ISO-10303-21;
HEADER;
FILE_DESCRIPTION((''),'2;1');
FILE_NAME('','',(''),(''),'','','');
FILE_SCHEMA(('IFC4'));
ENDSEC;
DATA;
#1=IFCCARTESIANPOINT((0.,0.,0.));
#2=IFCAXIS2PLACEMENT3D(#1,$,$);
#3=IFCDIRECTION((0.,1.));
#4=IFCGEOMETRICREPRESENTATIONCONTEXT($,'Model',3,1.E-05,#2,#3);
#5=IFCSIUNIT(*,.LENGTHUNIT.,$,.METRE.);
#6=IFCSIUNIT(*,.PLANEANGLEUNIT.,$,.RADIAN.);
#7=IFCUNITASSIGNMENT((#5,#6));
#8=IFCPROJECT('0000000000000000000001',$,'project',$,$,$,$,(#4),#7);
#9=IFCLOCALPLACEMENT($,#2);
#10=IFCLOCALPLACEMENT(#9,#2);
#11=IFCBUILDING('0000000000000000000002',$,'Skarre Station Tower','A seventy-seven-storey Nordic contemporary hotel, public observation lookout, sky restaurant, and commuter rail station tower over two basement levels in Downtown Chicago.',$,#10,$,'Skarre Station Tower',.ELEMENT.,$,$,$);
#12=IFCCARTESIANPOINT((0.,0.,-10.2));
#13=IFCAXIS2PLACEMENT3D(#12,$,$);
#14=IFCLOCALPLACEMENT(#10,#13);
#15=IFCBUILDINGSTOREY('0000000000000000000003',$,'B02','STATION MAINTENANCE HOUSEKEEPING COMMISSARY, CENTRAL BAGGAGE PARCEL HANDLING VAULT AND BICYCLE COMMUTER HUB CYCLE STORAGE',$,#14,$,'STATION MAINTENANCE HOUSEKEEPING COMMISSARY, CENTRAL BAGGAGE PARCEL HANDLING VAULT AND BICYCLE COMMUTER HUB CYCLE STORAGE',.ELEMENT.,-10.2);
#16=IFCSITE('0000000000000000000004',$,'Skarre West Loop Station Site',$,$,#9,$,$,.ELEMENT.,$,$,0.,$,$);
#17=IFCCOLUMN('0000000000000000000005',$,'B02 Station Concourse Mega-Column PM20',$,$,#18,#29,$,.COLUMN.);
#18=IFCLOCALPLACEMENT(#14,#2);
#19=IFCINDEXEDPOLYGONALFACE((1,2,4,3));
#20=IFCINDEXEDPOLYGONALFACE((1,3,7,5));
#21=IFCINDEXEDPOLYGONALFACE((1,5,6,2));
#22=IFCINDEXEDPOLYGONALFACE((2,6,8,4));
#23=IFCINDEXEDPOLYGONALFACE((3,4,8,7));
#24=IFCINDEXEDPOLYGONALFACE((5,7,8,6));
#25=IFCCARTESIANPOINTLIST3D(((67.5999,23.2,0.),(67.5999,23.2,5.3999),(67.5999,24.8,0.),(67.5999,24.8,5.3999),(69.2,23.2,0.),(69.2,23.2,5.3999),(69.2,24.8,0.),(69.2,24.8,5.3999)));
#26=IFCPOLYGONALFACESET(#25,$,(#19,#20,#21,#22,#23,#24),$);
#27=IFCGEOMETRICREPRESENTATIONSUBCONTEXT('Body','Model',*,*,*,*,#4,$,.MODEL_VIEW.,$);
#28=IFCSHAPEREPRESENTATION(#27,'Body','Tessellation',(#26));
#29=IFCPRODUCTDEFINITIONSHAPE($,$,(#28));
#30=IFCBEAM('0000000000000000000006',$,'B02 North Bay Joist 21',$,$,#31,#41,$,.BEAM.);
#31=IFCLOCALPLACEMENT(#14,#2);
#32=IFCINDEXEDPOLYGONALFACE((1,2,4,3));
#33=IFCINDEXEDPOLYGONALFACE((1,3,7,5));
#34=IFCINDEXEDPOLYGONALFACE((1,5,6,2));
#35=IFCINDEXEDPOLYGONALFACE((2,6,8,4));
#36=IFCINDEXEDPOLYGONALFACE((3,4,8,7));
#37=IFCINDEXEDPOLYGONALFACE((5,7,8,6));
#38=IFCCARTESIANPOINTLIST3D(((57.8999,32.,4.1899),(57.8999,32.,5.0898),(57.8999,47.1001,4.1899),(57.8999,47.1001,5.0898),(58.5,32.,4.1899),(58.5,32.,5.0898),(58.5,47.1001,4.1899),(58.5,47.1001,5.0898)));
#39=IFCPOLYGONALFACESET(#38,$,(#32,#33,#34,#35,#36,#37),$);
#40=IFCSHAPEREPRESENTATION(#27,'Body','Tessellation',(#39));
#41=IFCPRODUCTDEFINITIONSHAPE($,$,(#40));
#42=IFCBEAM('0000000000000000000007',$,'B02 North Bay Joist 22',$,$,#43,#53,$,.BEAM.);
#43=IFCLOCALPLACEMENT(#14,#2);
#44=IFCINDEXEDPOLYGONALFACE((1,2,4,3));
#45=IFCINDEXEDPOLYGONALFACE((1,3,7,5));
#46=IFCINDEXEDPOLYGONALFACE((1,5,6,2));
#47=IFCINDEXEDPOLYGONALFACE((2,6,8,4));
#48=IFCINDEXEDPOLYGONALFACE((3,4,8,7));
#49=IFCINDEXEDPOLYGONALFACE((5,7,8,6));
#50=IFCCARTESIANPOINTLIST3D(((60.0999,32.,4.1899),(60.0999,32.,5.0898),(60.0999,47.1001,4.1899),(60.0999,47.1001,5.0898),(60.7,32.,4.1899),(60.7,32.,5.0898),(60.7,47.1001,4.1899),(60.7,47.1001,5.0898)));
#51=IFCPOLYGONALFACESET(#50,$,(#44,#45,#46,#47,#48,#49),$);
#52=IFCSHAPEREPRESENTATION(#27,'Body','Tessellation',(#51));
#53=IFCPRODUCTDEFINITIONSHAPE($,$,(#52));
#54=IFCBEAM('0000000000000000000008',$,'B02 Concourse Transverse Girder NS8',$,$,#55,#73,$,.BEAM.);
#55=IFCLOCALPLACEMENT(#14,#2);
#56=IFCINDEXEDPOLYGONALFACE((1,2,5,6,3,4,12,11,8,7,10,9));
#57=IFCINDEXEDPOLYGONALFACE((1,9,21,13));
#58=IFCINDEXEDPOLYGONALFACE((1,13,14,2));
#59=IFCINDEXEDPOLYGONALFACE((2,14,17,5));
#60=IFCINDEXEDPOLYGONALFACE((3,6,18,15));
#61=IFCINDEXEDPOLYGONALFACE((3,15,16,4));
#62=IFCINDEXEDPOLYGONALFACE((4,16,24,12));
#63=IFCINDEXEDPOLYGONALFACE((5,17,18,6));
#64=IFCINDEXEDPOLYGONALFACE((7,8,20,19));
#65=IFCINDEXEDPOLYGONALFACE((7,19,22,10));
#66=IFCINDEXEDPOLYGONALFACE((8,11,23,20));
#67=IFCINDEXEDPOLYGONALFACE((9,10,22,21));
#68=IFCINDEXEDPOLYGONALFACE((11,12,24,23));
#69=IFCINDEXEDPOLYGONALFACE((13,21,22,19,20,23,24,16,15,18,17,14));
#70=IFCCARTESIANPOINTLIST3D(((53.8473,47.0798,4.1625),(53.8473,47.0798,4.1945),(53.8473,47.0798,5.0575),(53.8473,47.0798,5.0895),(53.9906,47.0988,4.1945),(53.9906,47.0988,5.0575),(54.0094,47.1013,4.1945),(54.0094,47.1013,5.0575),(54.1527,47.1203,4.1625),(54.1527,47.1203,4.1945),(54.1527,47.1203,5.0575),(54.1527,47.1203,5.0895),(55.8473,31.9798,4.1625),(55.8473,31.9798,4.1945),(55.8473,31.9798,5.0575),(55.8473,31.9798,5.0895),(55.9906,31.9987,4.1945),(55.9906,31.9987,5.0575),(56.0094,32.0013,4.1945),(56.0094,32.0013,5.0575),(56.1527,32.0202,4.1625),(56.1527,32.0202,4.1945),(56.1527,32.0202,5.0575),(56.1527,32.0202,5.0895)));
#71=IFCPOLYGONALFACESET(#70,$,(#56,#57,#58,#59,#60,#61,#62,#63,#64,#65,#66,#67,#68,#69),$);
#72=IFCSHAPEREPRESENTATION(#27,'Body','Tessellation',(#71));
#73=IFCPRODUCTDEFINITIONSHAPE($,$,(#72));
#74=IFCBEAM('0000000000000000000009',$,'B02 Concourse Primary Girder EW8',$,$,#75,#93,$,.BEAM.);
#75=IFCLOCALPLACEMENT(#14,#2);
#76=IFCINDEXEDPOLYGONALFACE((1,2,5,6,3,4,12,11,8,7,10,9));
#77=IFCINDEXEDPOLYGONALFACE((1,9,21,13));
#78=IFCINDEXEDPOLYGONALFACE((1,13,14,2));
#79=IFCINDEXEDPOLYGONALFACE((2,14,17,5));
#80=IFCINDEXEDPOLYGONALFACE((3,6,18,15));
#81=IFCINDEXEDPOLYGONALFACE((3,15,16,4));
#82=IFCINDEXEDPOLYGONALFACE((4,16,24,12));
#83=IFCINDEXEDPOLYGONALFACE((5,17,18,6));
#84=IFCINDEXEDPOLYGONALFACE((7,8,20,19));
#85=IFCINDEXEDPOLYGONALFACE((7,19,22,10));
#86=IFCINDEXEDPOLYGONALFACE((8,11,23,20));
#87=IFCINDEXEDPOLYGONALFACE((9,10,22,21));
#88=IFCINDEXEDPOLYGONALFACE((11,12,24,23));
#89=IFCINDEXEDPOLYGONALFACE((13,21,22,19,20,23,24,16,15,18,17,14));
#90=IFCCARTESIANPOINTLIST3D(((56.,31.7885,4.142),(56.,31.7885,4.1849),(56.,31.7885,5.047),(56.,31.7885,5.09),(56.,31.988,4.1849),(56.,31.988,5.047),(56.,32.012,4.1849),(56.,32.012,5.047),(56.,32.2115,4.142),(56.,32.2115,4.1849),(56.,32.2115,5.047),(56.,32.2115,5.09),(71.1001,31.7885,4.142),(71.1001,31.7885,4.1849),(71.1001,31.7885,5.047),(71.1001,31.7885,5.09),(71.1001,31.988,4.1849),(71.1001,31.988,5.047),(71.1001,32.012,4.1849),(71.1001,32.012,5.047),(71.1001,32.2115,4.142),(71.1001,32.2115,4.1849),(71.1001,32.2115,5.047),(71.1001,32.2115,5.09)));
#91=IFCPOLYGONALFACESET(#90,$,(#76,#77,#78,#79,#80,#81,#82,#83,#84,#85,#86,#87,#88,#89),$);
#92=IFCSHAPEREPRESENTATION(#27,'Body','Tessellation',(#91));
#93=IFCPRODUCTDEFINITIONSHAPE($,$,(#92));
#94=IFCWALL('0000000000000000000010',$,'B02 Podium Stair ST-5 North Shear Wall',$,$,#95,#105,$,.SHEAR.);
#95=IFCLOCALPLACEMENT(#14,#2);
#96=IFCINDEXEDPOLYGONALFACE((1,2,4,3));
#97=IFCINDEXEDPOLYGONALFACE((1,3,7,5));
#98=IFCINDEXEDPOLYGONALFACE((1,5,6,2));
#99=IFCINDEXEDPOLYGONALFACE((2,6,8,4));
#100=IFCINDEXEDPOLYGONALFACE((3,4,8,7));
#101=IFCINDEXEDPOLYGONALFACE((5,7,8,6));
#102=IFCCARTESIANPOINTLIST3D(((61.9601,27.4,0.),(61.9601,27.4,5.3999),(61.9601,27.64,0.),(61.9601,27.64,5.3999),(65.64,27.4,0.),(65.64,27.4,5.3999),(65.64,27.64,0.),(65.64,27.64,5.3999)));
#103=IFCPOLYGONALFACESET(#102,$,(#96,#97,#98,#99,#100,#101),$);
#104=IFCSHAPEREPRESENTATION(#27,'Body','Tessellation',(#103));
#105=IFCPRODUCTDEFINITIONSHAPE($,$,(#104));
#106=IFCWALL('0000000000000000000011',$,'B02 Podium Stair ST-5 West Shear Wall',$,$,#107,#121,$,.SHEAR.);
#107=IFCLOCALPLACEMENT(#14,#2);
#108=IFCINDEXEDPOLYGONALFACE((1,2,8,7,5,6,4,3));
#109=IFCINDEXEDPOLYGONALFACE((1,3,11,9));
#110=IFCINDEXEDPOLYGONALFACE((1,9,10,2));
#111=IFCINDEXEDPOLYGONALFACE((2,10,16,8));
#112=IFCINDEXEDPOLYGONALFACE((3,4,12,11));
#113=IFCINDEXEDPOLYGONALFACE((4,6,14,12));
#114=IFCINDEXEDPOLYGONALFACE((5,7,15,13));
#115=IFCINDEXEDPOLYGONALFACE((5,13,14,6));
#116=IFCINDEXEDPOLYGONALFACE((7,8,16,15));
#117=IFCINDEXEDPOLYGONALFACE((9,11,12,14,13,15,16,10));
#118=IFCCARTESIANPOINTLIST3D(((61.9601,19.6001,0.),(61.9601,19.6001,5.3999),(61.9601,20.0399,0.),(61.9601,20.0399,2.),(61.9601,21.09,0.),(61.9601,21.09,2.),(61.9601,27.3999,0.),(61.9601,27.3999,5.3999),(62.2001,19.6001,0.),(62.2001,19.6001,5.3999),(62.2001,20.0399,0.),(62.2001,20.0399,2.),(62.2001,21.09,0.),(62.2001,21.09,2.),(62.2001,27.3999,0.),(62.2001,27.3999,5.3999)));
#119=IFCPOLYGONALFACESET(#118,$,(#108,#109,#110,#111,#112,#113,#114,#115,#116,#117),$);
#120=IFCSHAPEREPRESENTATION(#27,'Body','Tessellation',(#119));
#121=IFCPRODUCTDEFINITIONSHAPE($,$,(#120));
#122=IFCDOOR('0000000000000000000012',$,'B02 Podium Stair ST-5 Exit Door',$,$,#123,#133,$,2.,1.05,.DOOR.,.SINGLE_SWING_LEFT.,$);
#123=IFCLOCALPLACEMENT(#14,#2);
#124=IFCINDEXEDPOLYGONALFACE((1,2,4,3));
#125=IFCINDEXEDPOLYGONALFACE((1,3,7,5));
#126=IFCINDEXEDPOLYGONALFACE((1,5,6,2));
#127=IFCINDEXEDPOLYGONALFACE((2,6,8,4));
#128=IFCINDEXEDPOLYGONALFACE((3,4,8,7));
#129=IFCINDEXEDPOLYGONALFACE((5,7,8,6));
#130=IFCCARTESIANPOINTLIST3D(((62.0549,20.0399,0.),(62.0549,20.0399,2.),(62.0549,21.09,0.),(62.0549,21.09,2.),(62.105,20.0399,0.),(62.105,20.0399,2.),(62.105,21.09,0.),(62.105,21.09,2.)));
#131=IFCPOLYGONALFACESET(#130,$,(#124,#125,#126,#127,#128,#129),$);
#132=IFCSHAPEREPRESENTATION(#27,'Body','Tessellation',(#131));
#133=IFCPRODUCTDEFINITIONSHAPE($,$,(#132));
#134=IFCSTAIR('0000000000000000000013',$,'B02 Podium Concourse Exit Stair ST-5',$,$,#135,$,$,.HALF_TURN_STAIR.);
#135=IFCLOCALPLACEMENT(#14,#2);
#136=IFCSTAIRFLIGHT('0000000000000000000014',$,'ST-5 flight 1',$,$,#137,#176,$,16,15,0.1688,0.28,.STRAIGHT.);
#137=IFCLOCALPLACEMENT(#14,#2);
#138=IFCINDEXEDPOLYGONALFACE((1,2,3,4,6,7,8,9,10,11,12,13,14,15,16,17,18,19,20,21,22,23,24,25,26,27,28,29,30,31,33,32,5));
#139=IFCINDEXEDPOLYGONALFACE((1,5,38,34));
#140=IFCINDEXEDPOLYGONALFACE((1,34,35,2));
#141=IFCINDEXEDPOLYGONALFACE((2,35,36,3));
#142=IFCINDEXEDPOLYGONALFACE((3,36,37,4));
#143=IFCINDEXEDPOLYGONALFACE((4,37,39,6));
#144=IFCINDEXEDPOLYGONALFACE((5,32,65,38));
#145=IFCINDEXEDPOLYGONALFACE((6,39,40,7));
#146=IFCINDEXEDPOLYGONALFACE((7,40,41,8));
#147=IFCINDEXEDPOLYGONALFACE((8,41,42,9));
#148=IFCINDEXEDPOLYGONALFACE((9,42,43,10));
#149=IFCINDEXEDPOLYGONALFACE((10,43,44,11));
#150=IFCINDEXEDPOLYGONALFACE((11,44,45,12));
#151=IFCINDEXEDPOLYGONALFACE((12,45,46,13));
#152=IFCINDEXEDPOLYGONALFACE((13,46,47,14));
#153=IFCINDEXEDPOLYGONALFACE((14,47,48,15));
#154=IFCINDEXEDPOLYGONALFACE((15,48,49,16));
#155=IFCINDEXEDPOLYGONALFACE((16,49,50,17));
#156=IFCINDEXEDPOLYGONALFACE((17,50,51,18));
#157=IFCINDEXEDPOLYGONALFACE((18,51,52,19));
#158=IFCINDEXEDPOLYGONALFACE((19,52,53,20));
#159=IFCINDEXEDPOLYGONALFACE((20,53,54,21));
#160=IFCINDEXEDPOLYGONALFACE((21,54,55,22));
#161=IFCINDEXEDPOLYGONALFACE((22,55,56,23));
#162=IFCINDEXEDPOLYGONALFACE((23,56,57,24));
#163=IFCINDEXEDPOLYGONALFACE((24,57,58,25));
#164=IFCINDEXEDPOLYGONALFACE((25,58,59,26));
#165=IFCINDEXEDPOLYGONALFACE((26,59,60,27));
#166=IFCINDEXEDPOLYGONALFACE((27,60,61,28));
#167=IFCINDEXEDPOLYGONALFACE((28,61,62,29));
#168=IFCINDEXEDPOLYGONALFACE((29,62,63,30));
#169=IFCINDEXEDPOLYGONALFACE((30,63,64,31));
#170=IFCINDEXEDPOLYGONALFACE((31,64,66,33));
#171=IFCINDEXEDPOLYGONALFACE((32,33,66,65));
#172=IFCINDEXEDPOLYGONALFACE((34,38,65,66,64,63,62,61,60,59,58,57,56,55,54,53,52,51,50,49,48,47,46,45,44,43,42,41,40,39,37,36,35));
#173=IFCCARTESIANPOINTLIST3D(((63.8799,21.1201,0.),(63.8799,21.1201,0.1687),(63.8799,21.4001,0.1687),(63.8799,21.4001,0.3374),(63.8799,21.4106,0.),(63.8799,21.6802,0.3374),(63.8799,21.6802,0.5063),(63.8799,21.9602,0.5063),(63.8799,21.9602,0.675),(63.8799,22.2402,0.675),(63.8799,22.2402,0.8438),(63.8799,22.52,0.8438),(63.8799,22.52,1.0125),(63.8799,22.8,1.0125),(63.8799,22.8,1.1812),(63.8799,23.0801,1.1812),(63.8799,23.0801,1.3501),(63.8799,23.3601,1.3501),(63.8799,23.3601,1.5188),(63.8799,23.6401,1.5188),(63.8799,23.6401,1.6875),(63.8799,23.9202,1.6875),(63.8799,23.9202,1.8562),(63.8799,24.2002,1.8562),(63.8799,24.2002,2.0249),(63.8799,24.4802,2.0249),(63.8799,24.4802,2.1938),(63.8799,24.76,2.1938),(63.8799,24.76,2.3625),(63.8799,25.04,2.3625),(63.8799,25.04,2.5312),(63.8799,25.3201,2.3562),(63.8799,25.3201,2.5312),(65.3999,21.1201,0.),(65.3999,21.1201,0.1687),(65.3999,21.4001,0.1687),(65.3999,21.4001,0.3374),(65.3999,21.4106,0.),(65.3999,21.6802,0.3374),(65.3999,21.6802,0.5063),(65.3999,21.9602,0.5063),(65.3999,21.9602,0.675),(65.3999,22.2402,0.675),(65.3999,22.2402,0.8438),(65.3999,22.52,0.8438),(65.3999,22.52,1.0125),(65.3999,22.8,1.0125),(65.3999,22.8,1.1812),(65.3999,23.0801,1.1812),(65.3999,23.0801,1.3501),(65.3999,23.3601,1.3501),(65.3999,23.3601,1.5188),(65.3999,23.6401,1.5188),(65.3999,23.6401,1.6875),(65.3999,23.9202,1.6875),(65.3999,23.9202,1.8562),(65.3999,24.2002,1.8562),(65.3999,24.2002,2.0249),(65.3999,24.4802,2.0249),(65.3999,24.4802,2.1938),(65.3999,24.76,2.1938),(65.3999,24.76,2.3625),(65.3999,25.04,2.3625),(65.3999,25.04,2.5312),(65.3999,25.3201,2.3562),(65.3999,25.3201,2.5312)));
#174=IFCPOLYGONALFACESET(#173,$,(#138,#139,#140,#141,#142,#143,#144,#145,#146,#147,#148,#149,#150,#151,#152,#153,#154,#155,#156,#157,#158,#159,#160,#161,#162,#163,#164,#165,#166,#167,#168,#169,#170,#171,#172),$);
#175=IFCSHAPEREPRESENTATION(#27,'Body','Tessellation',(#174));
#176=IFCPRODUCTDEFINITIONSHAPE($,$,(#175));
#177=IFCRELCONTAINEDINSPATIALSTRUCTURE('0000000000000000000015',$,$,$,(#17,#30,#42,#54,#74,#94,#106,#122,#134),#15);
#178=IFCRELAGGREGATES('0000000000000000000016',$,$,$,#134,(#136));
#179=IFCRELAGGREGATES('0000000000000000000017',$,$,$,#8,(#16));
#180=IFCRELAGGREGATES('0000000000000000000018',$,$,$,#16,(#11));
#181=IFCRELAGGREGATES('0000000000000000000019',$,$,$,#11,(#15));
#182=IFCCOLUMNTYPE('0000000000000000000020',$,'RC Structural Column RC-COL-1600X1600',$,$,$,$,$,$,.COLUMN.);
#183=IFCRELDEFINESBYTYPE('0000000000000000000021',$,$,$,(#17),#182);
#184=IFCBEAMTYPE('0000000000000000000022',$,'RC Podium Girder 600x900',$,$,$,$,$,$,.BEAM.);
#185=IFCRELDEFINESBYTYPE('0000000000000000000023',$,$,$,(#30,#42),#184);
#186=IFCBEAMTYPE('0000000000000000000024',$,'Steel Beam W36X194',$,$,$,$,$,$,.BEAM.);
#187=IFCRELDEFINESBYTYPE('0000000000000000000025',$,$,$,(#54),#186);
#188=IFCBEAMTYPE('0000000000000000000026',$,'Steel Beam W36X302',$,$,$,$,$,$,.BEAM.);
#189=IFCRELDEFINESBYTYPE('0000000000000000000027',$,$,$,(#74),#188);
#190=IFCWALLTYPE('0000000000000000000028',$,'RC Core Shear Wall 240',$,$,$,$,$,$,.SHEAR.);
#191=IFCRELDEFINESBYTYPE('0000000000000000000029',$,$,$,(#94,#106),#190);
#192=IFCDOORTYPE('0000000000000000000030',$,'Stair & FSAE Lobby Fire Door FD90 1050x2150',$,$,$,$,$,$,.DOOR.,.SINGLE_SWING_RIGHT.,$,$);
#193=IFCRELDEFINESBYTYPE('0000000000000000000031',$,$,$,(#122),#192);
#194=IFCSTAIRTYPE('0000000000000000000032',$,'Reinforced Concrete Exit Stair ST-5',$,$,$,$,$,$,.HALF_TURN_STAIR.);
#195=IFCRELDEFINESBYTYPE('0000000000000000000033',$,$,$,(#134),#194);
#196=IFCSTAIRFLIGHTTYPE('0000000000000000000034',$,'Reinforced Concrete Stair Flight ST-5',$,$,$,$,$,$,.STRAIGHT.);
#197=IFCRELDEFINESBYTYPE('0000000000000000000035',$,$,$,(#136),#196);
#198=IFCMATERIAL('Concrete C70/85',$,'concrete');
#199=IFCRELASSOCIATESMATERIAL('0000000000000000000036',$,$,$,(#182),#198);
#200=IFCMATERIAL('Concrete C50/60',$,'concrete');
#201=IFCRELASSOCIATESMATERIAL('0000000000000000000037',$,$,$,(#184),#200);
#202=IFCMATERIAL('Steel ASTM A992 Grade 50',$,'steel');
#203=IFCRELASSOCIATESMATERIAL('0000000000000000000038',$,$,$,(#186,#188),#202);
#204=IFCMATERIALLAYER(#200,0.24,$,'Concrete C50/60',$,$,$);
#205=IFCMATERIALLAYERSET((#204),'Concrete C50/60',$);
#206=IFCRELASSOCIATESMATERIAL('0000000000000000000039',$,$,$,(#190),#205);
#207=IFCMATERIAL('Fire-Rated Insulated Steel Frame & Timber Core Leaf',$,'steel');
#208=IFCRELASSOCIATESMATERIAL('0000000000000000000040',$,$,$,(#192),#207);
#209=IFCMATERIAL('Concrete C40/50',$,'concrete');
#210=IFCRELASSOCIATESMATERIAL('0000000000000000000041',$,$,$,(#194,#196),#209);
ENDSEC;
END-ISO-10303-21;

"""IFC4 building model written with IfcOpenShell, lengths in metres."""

from ifc_helpers import new_model, si_unit, direction, frame, frame_2d, origin, origin_2d, place, context, subcontext, project, spatial, polyline, rectangle, i_section, outline, extrude, material, layer, layer_set, material_profile, profile_set, type_object, element, fill, aggregate, save


model = new_model("IFC4")

# Units and contexts
model_context = context("Model", 3, precision=1e-05, world=origin(), true_north=direction((0.0, 1.0)))
body_context = subcontext(model_context, "Body", "Model", "MODEL_VIEW")
ifc_project = project(units=[si_unit("LENGTHUNIT", "METRE"), si_unit("PLANEANGLEUNIT", "RADIAN")], contexts=[model_context])

# Site, building, storey
site_placement = place(None, origin())
site = spatial("IfcSite", under=ifc_project, at=site_placement, Name="Skarre West Loop Station Site", CompositionType="ELEMENT", RefElevation=0.0)
building_placement = place(site_placement, origin())
building = spatial("IfcBuilding", under=site, at=building_placement, Name="Skarre Station Tower", Description="A seventy-seven-storey Nordic contemporary hotel, public observation lookout, sky restaurant, and commuter rail station tower over two basement levels in Downtown Chicago.", LongName="Skarre Station Tower", CompositionType="ELEMENT")
storey_placement = place(building_placement, frame((0.0, 0.0, -10.2)))
storey = spatial("IfcBuildingStorey", under=building, at=storey_placement, Name="B02", Description="STATION MAINTENANCE HOUSEKEEPING COMMISSARY, CENTRAL BAGGAGE PARCEL HANDLING VAULT AND BICYCLE COMMUTER HUB CYCLE STORAGE", LongName="STATION MAINTENANCE HOUSEKEEPING COMMISSARY, CENTRAL BAGGAGE PARCEL HANDLING VAULT AND BICYCLE COMMUTER HUB CYCLE STORAGE", CompositionType="ELEMENT", Elevation=-10.2)

# Shared definitions
ifc_material_1 = material(Name="Concrete C50/60", Category="concrete")

# Column
ifc_material_2 = material(Name="Concrete C70/85", Category="concrete")
ifc_material_profile_1 = material_profile(ifc_material_2, rectangle(XDim=1.6001, YDim=1.6001, at=origin_2d()), Name="Concrete C70/85")
ifc_profile_set_1 = profile_set([ifc_material_profile_1], Name="Concrete C70/85")
column_type = type_object("IfcColumnType", Name="RC Structural Column RC-COL-1600X1600", PredefinedType="COLUMN", material=ifc_profile_set_1)
for number, where, z_axis, x_axis, name in (
    (1, (68.3999, 24.0, 0.0), (0.0, 0.0, 1.0), (1.0, 0.0, 0.0), "B02 Station Concourse Mega-Column PM20"),
):
    element("IfcColumn", number, at=place(storey_placement, frame(where, z_axis=z_axis, x_axis=x_axis)), inside=storey, type_object=column_type, Name=name, PredefinedType="COLUMN", context=body_context, shape_type="SweptSolid", body=[
        extrude(rectangle(XDim=1.6001, YDim=1.6001, at=origin_2d()), origin(), (0.0, 0.0, 1.0), 5.3999),
    ])

# Beams
ifc_material_profile_2 = material_profile(ifc_material_1, rectangle(XDim=0.6001, YDim=0.8999, at=origin_2d()), Name="Concrete C50/60")
ifc_profile_set_2 = profile_set([ifc_material_profile_2], Name="Concrete C50/60")
beam_type_1 = type_object("IfcBeamType", Name="RC Podium Girder 600x900", PredefinedType="BEAM", material=ifc_profile_set_2)
for number, where, z_axis, x_axis, name in (
    (2, (58.2, 32.0, 4.6399), (0.0, 1.0, 0.0), (-1.0, 0.0, 0.0), "B02 North Bay Joist 21"),
    (3, (60.3999, 32.0, 4.6399), (0.0, 1.0, 0.0), (-1.0, 0.0, 0.0), "B02 North Bay Joist 22"),
):
    element("IfcBeam", number, at=place(storey_placement, frame(where, z_axis=z_axis, x_axis=x_axis)), inside=storey, type_object=beam_type_1, Name=name, PredefinedType="BEAM", context=body_context, shape_type="SweptSolid", body=[
        extrude(rectangle(XDim=0.6001, YDim=0.8999, at=origin_2d()), origin(), (0.0, 0.0, 1.0), 15.1001),
    ])
ifc_material_3 = material(Name="Steel ASTM A992 Grade 50", Category="steel")
ifc_material_profile_3 = material_profile(ifc_material_3, i_section(OverallWidth=0.3081, OverallDepth=0.927, WebThickness=0.019, FlangeThickness=0.032, at=origin_2d()), Name="Steel ASTM A992 Grade 50")
ifc_profile_set_3 = profile_set([ifc_material_profile_3], Name="Steel ASTM A992 Grade 50")
beam_type_2 = type_object("IfcBeamType", Name="Steel Beam W36X194", PredefinedType="BEAM", material=ifc_profile_set_3)
beam_1_placement = place(storey_placement, frame((56.0, 32.0, 4.626), z_axis=(-0.131303, 0.991342, 0.0), x_axis=(-0.991342, -0.131303, 0.0)))
element("IfcBeam", 4, at=beam_1_placement, inside=storey, type_object=beam_type_2, Name="B02 Concourse Transverse Girder NS8", PredefinedType="BEAM", context=body_context, shape_type="SweptSolid", body=[
    extrude(i_section(OverallWidth=0.3081, OverallDepth=0.927, WebThickness=0.019, FlangeThickness=0.032, at=origin_2d()), origin(), (0.0, 0.0, 1.0), 15.2319),
])
ifc_material_profile_4 = material_profile(ifc_material_3, i_section(OverallWidth=0.4231, OverallDepth=0.948, WebThickness=0.0239, FlangeThickness=0.043, at=origin_2d()), Name="Steel ASTM A992 Grade 50")
ifc_profile_set_4 = profile_set([ifc_material_profile_4], Name="Steel ASTM A992 Grade 50")
beam_type_3 = type_object("IfcBeamType", Name="Steel Beam W36X302", PredefinedType="BEAM", material=ifc_profile_set_4)
beam_2_placement = place(storey_placement, frame((56.0, 32.0, 4.616), z_axis=(1.0, 0.0, 0.0), x_axis=(0.0, 1.0, 0.0)))
element("IfcBeam", 5, at=beam_2_placement, inside=storey, type_object=beam_type_3, Name="B02 Concourse Primary Girder EW8", PredefinedType="BEAM", context=body_context, shape_type="SweptSolid", body=[
    extrude(i_section(OverallWidth=0.4231, OverallDepth=0.948, WebThickness=0.0239, FlangeThickness=0.043, at=origin_2d()), origin(), (0.0, 0.0, 1.0), 15.1001),
])

# Wall
ifc_layer = layer(ifc_material_1, 0.24, Name="Concrete C50/60")
ifc_layer_set = layer_set([ifc_layer], Name="Concrete C50/60")
wall_type = type_object("IfcWallType", Name="RC Core Shear Wall 240", PredefinedType="SHEAR", material=ifc_layer_set)
wall_1_placement = place(storey_placement, frame((65.6399, 27.52, 0.0), z_axis=(0.0, 0.0, 1.0), x_axis=(-1.0, 0.0, 0.0)))
element("IfcWall", 6, at=wall_1_placement, inside=storey, type_object=wall_type, Name="B02 Podium Stair ST-5 North Shear Wall", PredefinedType="SHEAR", context=body_context, shape_type="SweptSolid", body=[
    extrude(rectangle(XDim=3.6799, YDim=0.24, at=frame_2d((1.8398, 0.0))), origin(), (0.0, 0.0, 1.0), 5.3999),
])

# Wall, opening, door
wall_2_placement = place(storey_placement, frame((62.0801, 27.3999, 0.0), z_axis=(0.0, 0.0, 1.0), x_axis=(0.0, -1.0, 0.0)))
wall_2 = element("IfcWall", 7, at=wall_2_placement, inside=storey, type_object=wall_type, Name="B02 Podium Stair ST-5 West Shear Wall", PredefinedType="SHEAR", context=body_context, shape_type="SweptSolid", body=[
    extrude(rectangle(XDim=7.7998, YDim=0.24, at=frame_2d((3.8999, 0.0))), origin(), (0.0, 0.0, 1.0), 5.3999),
])
opening_placement = place(wall_2_placement, frame((6.3101, 0.0, 0.0)))
opening = element("IfcOpeningElement", 8, at=opening_placement, cuts=wall_2, PredefinedType="OPENING", context=body_context, shape_type="SweptSolid", body=[
    extrude(rectangle(XDim=1.05, YDim=2.0, at=frame_2d((0.5249, 1.0))), frame((0.0, 0.1299, 0.0), z_axis=(0.0, -1.0, 0.0), x_axis=(1.0, 0.0, 0.0)), (0.0, 0.0, 1.0), 0.26),
])
ifc_material_4 = material(Name="Fire-Rated Insulated Steel Frame & Timber Core Leaf", Category="steel")
door_type = type_object("IfcDoorType", Name="Stair & FSAE Lobby Fire Door FD90 1050x2150", OperationType="SINGLE_SWING_RIGHT", PredefinedType="DOOR", material=ifc_material_4)
door_placement = place(opening_placement, origin())
door = element("IfcDoor", 9, at=door_placement, inside=storey, type_object=door_type, Name="B02 Podium Stair ST-5 Exit Door", OperationType="SINGLE_SWING_LEFT", OverallHeight=2.0, OverallWidth=1.05, PredefinedType="DOOR", context=body_context, shape_type="SweptSolid", body=[
    extrude(rectangle(XDim=1.05, YDim=2.0, at=frame_2d((0.5249, 1.0))), frame((0.0, 0.0249, 0.0), z_axis=(0.0, -1.0, 0.0), x_axis=(1.0, 0.0, 0.0)), (0.0, 0.0, 1.0), 0.05),
])
fill(opening, door)

# Stair, stair flight
ifc_material_5 = material(Name="Concrete C40/50", Category="concrete")
stair_type = type_object("IfcStairType", Name="Reinforced Concrete Exit Stair ST-5", PredefinedType="HALF_TURN_STAIR", material=ifc_material_5)
stair_placement = place(storey_placement, origin())
stair = element("IfcStair", 10, at=stair_placement, inside=storey, type_object=stair_type, Name="B02 Podium Concourse Exit Stair ST-5", PredefinedType="HALF_TURN_STAIR")
stair_flight_type = type_object("IfcStairFlightType", Name="Reinforced Concrete Stair Flight ST-5", PredefinedType="STRAIGHT", material=ifc_material_5)
stair_flight_1_placement = place(storey_placement, frame((64.6399, 21.1201, 0.0), z_axis=(0.0, 0.0, 1.0), x_axis=(0.0, 1.0, 0.0)))
stair_flight_1 = element("IfcStairFlight", 11, at=stair_flight_1_placement, type_object=stair_flight_type, Name="ST-5 flight 1", NumberOfRisers=16, NumberOfTreads=15, PredefinedType="STRAIGHT", RiserHeight=0.1688, TreadLength=0.28, context=body_context, shape_type="SweptSolid", body=[
    extrude(outline(polyline([(0.0, 0.0), (0.0, 0.1687), (0.28, 0.1687), (0.28, 0.3374), (0.5601, 0.3374), (0.5601, 0.5063), (0.8401, 0.5063), (0.8401, 0.675), (1.1201, 0.675), (1.1201, 0.8438), (1.3999, 0.8438), (1.3999, 1.0125), (1.6799, 1.0125), (1.6799, 1.1812), (1.96, 1.1812), (1.96, 1.3501), (2.24, 1.3501), (2.24, 1.5188), (2.52, 1.5188), (2.52, 1.6875), (2.8, 1.6875), (2.8, 1.8562), (3.0801, 1.8562), (3.0801, 2.0249), (3.3601, 2.0249), (3.3601, 2.1938), (3.6399, 2.1938), (3.6399, 2.3625), (3.9199, 2.3625), (3.9199, 2.5312), (4.2, 2.5312), (4.2, 2.7), (4.2, 2.3562), (0.2905, 0.0), (0.0, 0.0)])), frame((0.0, 0.76, 0.0), z_axis=(0.0, -1.0, 0.0), x_axis=(1.0, 0.0, 0.0)), (0.0, 0.0, 1.0), 1.52),
])
aggregate(stair, [stair_flight_1])

save(model, "model.ifc")
